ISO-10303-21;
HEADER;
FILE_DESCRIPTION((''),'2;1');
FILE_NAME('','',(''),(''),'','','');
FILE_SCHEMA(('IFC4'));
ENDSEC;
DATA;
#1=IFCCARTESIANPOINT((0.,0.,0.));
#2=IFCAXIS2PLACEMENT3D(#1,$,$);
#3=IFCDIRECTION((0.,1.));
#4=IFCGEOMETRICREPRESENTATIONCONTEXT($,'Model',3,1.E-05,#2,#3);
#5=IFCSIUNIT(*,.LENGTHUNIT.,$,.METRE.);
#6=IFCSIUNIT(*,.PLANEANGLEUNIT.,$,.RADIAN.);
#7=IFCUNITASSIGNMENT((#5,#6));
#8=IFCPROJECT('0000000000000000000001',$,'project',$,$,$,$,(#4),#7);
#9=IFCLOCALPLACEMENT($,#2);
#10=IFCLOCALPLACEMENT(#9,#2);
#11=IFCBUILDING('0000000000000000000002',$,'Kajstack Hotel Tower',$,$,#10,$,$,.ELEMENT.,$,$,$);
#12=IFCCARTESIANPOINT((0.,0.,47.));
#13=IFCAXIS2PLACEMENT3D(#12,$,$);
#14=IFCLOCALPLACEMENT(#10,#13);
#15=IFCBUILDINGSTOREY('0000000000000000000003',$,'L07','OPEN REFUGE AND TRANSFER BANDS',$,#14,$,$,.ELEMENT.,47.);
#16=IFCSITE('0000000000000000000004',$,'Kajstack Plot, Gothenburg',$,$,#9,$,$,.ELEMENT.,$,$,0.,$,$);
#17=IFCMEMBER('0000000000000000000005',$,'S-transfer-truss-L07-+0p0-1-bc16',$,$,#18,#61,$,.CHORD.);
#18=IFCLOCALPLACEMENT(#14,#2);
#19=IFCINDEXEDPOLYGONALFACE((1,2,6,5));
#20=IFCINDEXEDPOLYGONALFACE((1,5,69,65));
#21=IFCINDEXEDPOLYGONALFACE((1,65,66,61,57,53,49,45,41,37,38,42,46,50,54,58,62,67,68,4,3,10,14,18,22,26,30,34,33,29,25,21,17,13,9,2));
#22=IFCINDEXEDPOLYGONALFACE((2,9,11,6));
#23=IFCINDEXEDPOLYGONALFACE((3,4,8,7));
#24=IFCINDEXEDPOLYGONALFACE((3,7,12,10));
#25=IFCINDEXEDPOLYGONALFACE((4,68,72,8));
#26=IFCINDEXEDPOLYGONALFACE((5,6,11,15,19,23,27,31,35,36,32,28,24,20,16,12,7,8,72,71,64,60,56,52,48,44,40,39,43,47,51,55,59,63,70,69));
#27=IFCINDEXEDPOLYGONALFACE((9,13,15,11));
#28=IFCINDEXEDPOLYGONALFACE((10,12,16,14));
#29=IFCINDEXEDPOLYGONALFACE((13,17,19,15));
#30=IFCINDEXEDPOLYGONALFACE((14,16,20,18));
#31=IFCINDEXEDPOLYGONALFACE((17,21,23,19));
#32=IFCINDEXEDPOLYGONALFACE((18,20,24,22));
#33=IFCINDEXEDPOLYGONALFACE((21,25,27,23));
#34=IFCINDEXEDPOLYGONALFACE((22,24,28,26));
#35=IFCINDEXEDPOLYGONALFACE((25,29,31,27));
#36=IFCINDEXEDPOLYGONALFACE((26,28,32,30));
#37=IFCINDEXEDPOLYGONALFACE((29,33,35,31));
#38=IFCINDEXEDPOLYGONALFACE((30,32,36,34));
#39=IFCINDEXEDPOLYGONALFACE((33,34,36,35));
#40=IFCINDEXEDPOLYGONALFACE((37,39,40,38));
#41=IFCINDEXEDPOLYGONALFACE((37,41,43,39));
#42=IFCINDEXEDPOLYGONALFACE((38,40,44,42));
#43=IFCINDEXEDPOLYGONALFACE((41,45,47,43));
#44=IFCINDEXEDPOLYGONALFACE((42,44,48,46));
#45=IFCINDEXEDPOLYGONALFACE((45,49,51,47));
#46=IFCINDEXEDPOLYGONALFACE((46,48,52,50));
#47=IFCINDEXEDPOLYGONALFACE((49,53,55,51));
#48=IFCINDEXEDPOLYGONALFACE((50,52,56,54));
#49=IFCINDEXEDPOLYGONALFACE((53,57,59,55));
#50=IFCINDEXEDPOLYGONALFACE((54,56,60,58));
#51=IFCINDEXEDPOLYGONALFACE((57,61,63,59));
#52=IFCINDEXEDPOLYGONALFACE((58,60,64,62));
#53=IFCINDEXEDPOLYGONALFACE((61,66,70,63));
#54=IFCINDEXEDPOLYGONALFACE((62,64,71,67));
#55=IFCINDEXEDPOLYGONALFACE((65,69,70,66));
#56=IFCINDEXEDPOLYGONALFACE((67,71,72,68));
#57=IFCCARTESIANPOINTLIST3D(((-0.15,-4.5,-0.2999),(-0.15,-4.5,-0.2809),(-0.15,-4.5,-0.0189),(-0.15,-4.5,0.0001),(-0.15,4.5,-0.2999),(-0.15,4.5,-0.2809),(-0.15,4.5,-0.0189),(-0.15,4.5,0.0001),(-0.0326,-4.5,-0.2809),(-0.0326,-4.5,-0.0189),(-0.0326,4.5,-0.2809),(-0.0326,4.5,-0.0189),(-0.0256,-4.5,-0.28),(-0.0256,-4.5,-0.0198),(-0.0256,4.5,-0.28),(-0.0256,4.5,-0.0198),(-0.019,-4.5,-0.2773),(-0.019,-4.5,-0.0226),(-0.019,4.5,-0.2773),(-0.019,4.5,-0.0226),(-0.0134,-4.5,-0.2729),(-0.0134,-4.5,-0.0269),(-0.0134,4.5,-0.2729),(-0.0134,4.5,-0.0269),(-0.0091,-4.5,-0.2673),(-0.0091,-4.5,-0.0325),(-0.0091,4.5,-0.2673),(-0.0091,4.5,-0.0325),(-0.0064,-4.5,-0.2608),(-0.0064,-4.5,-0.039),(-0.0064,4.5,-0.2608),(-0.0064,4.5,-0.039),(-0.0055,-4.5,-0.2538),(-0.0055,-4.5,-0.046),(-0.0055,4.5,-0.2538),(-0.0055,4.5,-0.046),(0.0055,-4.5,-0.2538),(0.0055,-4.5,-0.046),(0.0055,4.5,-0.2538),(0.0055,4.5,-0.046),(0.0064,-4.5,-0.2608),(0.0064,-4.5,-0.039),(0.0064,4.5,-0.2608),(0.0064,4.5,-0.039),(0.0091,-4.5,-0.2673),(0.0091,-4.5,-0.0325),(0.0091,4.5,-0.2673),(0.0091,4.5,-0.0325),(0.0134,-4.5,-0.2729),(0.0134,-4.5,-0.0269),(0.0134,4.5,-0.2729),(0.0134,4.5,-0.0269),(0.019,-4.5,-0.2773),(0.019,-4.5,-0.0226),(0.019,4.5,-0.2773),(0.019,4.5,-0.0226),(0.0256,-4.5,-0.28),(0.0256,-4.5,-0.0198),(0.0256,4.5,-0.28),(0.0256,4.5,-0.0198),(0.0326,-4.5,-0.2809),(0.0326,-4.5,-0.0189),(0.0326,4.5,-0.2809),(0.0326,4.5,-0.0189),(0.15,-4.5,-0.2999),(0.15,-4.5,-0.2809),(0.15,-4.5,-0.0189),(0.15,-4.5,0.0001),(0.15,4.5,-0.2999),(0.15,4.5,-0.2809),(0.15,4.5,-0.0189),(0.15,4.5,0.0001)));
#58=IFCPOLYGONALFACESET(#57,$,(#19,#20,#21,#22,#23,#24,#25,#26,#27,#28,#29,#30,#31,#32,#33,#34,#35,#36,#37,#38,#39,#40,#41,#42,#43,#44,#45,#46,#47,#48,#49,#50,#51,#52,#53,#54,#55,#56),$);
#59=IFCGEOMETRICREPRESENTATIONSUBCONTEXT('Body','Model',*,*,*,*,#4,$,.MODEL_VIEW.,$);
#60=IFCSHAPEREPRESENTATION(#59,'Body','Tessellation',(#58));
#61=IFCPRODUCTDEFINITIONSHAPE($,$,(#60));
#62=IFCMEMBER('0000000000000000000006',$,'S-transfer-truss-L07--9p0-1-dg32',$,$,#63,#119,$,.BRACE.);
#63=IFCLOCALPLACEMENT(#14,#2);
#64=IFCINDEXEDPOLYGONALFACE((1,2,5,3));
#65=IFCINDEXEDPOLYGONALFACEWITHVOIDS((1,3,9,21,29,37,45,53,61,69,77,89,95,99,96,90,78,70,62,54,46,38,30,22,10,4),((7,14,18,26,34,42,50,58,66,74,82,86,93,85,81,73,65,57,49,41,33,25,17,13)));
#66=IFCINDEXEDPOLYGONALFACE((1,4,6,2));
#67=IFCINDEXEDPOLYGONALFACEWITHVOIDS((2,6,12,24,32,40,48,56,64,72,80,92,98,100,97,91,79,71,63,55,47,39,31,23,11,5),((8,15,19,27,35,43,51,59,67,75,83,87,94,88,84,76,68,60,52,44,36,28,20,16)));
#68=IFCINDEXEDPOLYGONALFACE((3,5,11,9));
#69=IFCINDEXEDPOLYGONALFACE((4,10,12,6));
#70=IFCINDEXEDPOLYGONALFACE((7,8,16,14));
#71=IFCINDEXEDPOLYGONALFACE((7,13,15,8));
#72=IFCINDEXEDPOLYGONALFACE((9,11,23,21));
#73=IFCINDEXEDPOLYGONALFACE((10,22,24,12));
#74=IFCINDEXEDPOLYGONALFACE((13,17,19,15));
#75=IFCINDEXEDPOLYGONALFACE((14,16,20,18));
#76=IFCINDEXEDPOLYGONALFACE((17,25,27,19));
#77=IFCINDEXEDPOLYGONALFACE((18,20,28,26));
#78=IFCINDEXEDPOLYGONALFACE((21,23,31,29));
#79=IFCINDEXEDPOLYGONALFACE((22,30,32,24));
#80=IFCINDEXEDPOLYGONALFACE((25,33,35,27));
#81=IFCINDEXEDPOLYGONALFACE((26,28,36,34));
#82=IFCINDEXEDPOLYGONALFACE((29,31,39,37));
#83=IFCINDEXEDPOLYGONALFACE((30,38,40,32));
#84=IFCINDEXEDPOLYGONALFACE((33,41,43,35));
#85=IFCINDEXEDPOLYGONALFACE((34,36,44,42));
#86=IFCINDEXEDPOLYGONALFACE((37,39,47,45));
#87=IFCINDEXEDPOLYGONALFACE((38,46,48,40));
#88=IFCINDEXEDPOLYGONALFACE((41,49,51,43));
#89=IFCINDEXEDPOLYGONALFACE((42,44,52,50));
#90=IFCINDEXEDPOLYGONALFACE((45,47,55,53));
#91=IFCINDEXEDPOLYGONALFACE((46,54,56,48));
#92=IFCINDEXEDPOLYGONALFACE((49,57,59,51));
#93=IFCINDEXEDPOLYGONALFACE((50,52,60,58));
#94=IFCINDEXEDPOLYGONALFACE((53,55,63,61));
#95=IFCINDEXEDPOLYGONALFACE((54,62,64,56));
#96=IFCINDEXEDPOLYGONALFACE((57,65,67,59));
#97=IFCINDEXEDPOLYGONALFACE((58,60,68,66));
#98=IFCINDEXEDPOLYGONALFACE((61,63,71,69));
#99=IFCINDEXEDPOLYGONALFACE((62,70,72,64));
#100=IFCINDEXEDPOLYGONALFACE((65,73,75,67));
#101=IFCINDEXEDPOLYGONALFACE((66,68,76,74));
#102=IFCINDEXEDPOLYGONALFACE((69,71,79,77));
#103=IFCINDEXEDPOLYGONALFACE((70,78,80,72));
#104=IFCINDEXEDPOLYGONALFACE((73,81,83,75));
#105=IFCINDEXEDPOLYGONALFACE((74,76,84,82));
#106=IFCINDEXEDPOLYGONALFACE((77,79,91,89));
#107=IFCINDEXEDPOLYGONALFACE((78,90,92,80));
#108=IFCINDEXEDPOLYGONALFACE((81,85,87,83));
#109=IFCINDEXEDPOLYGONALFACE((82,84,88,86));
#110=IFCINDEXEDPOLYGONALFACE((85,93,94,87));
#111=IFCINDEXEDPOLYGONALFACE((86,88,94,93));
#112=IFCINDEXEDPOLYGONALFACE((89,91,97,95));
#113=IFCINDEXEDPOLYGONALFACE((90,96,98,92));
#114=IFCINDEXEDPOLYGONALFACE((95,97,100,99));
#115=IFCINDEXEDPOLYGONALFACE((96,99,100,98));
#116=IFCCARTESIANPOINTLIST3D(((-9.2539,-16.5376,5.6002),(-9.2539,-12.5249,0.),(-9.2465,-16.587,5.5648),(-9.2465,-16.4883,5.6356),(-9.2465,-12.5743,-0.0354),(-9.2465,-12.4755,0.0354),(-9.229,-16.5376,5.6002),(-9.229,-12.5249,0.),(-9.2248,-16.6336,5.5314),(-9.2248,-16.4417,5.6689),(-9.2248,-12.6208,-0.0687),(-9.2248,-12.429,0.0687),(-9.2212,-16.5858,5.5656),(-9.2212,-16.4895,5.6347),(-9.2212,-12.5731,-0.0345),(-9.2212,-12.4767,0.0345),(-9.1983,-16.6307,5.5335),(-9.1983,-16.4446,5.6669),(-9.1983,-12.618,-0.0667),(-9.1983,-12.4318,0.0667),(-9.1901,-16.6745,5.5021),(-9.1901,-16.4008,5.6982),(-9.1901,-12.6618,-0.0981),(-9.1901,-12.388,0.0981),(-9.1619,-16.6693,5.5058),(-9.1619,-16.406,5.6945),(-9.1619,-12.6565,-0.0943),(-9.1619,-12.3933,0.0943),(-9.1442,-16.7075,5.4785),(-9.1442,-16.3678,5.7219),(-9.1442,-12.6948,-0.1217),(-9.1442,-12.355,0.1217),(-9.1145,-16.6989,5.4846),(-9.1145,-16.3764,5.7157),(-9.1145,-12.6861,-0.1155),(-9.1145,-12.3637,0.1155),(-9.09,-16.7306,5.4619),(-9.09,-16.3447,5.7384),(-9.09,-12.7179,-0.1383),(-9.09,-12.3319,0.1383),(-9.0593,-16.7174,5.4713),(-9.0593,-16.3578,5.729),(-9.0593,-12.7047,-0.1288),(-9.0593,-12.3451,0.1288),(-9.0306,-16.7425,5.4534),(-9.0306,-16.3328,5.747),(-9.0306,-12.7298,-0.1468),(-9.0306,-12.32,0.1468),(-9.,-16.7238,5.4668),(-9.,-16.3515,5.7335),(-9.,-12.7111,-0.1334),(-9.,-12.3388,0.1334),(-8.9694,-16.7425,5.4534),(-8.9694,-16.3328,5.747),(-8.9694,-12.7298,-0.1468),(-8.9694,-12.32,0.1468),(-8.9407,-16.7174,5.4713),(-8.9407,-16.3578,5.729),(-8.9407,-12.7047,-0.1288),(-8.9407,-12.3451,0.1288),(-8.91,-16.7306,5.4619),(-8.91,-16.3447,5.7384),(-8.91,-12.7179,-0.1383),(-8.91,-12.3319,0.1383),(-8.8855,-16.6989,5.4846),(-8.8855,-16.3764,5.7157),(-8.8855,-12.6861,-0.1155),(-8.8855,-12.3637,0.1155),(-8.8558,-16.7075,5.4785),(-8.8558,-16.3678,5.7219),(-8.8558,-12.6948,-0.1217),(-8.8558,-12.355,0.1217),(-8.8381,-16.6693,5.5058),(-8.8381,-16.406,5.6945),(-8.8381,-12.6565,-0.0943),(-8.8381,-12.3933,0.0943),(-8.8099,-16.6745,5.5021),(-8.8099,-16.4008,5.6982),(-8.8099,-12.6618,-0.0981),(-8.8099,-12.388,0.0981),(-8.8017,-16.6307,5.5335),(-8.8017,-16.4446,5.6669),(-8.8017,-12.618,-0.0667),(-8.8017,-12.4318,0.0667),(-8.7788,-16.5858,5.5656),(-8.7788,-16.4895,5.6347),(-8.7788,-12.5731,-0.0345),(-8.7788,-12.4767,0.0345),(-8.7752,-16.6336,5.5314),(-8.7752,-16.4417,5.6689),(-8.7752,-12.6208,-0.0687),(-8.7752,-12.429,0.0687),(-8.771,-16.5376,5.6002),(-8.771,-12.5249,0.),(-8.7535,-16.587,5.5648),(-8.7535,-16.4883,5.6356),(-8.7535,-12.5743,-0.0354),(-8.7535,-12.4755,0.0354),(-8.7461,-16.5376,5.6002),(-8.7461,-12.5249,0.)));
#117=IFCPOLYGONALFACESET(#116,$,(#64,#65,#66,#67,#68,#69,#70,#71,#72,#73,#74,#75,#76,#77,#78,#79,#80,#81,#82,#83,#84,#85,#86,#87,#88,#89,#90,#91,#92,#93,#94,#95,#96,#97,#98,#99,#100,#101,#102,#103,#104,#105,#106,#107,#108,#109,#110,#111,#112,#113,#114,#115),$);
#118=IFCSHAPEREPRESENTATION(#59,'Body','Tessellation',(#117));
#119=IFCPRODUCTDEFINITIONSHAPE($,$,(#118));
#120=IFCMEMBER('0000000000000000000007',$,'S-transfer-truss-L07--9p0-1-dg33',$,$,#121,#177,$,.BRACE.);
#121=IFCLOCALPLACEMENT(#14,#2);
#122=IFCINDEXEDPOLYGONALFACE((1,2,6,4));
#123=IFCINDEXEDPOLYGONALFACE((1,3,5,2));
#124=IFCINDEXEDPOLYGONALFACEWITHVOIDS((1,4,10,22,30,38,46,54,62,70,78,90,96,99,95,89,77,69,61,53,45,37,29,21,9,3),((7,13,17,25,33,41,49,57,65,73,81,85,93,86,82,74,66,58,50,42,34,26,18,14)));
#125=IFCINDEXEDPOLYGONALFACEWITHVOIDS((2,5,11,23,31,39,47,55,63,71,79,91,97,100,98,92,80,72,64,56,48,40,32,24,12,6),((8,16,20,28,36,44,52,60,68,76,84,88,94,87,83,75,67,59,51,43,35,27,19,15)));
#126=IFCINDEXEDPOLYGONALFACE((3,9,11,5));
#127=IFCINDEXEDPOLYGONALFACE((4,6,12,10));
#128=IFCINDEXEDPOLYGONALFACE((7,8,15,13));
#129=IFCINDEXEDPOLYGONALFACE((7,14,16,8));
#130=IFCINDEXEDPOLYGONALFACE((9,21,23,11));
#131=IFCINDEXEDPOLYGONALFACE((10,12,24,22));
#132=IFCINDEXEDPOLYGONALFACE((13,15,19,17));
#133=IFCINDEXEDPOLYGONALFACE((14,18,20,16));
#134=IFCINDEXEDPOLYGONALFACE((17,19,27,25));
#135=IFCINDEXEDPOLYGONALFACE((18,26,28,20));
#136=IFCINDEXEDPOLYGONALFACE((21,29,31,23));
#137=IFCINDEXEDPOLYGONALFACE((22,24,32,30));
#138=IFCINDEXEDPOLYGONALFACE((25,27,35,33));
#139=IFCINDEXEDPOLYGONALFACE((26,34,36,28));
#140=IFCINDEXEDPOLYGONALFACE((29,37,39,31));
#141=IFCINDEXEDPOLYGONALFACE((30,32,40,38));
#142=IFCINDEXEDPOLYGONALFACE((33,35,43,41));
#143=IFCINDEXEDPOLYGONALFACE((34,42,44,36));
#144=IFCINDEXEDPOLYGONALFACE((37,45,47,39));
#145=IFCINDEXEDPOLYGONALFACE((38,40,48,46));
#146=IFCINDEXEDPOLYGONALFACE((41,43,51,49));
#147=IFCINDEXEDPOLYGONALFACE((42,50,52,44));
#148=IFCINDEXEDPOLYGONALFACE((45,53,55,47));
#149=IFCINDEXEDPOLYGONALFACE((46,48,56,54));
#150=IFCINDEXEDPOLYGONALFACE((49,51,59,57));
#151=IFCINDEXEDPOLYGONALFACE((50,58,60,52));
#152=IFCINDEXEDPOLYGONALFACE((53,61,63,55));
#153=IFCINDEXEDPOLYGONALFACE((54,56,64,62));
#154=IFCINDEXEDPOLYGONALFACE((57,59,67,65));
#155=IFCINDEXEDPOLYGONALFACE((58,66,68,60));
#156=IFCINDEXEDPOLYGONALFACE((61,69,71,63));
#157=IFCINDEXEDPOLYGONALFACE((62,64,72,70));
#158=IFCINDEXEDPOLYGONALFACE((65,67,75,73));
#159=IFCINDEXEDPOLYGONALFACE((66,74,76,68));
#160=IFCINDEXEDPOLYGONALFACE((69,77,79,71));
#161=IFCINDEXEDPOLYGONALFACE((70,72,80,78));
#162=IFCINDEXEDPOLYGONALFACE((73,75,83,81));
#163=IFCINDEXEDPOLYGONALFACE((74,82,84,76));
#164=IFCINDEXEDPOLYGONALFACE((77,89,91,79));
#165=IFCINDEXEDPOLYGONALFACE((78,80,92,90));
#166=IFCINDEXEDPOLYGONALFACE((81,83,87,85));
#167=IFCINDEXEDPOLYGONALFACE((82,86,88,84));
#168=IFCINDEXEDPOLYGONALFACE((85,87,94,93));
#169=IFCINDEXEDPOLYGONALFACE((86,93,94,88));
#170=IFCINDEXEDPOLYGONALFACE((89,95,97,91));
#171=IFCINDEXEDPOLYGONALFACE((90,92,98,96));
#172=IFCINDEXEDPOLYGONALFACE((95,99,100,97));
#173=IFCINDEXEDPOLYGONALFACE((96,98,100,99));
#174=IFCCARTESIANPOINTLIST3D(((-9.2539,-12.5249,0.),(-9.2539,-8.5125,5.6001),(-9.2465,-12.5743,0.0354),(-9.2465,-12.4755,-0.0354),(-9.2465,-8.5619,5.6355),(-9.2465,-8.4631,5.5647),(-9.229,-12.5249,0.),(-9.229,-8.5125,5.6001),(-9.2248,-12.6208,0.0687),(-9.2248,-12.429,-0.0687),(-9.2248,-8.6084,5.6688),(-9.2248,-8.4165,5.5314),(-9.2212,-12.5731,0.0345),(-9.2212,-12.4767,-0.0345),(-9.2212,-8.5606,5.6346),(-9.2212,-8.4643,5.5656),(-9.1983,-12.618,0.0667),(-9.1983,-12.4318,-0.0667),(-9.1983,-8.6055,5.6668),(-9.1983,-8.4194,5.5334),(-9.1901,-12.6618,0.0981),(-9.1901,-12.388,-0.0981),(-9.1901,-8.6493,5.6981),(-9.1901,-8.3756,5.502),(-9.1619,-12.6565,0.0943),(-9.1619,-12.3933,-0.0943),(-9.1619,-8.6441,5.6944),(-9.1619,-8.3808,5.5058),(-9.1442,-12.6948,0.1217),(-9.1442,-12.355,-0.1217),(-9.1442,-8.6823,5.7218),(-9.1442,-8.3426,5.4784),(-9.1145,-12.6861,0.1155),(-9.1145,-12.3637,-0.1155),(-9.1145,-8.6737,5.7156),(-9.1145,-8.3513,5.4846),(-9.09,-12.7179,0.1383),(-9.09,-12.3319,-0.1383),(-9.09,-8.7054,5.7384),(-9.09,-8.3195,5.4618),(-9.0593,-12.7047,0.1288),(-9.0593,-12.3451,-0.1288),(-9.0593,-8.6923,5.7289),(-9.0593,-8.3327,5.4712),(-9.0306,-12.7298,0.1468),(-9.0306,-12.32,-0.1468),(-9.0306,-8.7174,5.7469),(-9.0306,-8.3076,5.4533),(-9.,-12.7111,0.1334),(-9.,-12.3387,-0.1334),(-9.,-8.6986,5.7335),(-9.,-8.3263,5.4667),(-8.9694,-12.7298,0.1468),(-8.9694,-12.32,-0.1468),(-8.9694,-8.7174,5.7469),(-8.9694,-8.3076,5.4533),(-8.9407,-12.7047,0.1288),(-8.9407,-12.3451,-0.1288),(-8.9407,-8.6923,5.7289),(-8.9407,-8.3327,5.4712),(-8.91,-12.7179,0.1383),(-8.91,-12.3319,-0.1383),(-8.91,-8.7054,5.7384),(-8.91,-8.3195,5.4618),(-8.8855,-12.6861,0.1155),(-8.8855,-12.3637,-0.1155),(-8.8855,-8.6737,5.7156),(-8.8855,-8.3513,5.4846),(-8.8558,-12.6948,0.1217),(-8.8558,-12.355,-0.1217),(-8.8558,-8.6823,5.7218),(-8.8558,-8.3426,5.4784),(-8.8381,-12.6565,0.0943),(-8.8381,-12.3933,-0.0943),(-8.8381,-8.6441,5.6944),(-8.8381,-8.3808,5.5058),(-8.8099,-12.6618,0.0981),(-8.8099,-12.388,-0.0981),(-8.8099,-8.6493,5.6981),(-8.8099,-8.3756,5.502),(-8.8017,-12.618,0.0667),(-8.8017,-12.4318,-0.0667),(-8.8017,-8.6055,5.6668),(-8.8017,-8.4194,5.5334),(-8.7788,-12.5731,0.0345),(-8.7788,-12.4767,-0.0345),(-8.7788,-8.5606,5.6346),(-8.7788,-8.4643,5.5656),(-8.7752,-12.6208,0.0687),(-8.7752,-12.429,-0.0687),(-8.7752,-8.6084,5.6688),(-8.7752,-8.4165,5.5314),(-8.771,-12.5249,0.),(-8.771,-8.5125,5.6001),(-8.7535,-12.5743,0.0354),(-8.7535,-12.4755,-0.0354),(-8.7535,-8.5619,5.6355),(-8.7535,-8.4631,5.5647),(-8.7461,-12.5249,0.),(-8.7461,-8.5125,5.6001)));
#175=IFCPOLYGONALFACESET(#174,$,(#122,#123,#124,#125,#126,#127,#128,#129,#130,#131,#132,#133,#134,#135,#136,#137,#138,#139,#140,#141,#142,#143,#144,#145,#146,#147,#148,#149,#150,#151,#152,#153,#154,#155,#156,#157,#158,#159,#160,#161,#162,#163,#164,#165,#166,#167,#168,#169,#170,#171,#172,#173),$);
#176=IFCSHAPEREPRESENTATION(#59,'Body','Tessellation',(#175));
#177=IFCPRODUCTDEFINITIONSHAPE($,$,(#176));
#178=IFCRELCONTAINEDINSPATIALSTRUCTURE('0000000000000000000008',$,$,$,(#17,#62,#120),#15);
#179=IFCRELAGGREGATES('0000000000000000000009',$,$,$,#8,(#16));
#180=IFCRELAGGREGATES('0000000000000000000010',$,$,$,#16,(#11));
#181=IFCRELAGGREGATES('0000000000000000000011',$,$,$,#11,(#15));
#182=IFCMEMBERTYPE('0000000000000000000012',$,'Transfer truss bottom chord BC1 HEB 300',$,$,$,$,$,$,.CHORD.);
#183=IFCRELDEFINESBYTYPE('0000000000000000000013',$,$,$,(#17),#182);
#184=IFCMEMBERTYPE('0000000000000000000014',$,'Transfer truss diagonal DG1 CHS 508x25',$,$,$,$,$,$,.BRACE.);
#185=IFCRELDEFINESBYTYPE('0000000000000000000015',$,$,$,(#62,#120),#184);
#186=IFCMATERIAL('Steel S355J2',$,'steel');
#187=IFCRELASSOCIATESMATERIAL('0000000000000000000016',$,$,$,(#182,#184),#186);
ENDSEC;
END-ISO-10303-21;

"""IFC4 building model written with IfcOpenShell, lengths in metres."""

from ifc_helpers import new_model, si_unit, direction, frame, origin, origin_2d, place, context, subcontext, project, spatial, hollow_circle, i_section, extrude, material, material_profile, profile_set, type_object, element, save


model = new_model("IFC4")

# Units and contexts
model_context = context("Model", 3, precision=1e-05, world=origin(), true_north=direction((0.0, 1.0)))
body_context = subcontext(model_context, "Body", "Model", "MODEL_VIEW")
ifc_project = project(units=[si_unit("LENGTHUNIT", "METRE"), si_unit("PLANEANGLEUNIT", "RADIAN")], contexts=[model_context])

# Site, building, storey
site_placement = place(None, origin())
site = spatial("IfcSite", under=ifc_project, at=site_placement, Name="Kajstack Plot, Gothenburg", CompositionType="ELEMENT", RefElevation=0.0)
building_placement = place(site_placement, origin())
building = spatial("IfcBuilding", under=site, at=building_placement, Name="Kajstack Hotel Tower", CompositionType="ELEMENT")
storey_placement = place(building_placement, frame((0.0, 0.0, 47.0)))
storey = spatial("IfcBuildingStorey", under=building, at=storey_placement, Name="L07", Description="OPEN REFUGE AND TRANSFER BANDS", CompositionType="ELEMENT", Elevation=47.0)

# Members
ifc_material_1 = material(Name="Steel S355J2", Category="steel")
ifc_material_profile_1 = material_profile(ifc_material_1, i_section(OverallWidth=0.3, OverallDepth=0.3, WebThickness=0.011, FlangeThickness=0.019, FilletRadius=0.0271, at=origin_2d()), Name="HEB 300")
ifc_profile_set_1 = profile_set([ifc_material_profile_1], Name="Steel S355J2")
member_type_1 = type_object("IfcMemberType", Name="Transfer truss bottom chord BC1 HEB 300", PredefinedType="CHORD", material=ifc_profile_set_1)
member_1_placement = place(storey_placement, frame((0.0, -4.5, -0.1499), z_axis=(0.0, 1.0, 0.0), x_axis=(-1.0, 0.0, 0.0)))
element("IfcMember", 1, at=member_1_placement, inside=storey, type_object=member_type_1, Name="S-transfer-truss-L07-+0p0-1-bc16", PredefinedType="CHORD", context=body_context, shape_type="SweptSolid", body=[
    extrude(i_section(OverallWidth=0.3, OverallDepth=0.3, WebThickness=0.011, FlangeThickness=0.019, FilletRadius=0.0271, at=origin_2d()), origin(), (0.0, 0.0, 1.0), 9.0),
])
ifc_material_profile_2 = material_profile(ifc_material_1, hollow_circle(Radius=0.2539, WallThickness=0.0249, at=origin_2d()), Name="CHS 508x25")
ifc_profile_set_2 = profile_set([ifc_material_profile_2], Name="Steel S355J2")
member_type_2 = type_object("IfcMemberType", Name="Transfer truss diagonal DG1 CHS 508x25", PredefinedType="BRACE", material=ifc_profile_set_2)
member_2_placement = place(storey_placement, frame((-9.0, -12.5249, 0.0), z_axis=(0.0, -0.582451, 0.812866), x_axis=(1.0, 0.0, 0.0)))
element("IfcMember", 2, at=member_2_placement, inside=storey, type_object=member_type_2, Name="S-transfer-truss-L07--9p0-1-dg32", PredefinedType="BRACE", context=body_context, shape_type="SweptSolid", body=[
    extrude(hollow_circle(Radius=0.2539, WallThickness=0.0249, at=origin_2d()), origin(), (0.0, 0.0, 1.0), 6.8894),
])
for number, where, z_axis, x_axis, name in (
    (3, (-9.0, -12.5249, 0.0), (0.0, 0.582428, 0.812883), (-1.0, 0.0, 0.0), "S-transfer-truss-L07--9p0-1-dg33"),
):
    element("IfcMember", number, at=place(storey_placement, frame(where, z_axis=z_axis, x_axis=x_axis)), inside=storey, type_object=member_type_2, Name=name, PredefinedType="BRACE", context=body_context, shape_type="SweptSolid", body=[
        extrude(hollow_circle(Radius=0.2539, WallThickness=0.0249, at=origin_2d()), origin(), (0.0, 0.0, 1.0), 6.8892),
    ])

save(model, "model.ifc")
